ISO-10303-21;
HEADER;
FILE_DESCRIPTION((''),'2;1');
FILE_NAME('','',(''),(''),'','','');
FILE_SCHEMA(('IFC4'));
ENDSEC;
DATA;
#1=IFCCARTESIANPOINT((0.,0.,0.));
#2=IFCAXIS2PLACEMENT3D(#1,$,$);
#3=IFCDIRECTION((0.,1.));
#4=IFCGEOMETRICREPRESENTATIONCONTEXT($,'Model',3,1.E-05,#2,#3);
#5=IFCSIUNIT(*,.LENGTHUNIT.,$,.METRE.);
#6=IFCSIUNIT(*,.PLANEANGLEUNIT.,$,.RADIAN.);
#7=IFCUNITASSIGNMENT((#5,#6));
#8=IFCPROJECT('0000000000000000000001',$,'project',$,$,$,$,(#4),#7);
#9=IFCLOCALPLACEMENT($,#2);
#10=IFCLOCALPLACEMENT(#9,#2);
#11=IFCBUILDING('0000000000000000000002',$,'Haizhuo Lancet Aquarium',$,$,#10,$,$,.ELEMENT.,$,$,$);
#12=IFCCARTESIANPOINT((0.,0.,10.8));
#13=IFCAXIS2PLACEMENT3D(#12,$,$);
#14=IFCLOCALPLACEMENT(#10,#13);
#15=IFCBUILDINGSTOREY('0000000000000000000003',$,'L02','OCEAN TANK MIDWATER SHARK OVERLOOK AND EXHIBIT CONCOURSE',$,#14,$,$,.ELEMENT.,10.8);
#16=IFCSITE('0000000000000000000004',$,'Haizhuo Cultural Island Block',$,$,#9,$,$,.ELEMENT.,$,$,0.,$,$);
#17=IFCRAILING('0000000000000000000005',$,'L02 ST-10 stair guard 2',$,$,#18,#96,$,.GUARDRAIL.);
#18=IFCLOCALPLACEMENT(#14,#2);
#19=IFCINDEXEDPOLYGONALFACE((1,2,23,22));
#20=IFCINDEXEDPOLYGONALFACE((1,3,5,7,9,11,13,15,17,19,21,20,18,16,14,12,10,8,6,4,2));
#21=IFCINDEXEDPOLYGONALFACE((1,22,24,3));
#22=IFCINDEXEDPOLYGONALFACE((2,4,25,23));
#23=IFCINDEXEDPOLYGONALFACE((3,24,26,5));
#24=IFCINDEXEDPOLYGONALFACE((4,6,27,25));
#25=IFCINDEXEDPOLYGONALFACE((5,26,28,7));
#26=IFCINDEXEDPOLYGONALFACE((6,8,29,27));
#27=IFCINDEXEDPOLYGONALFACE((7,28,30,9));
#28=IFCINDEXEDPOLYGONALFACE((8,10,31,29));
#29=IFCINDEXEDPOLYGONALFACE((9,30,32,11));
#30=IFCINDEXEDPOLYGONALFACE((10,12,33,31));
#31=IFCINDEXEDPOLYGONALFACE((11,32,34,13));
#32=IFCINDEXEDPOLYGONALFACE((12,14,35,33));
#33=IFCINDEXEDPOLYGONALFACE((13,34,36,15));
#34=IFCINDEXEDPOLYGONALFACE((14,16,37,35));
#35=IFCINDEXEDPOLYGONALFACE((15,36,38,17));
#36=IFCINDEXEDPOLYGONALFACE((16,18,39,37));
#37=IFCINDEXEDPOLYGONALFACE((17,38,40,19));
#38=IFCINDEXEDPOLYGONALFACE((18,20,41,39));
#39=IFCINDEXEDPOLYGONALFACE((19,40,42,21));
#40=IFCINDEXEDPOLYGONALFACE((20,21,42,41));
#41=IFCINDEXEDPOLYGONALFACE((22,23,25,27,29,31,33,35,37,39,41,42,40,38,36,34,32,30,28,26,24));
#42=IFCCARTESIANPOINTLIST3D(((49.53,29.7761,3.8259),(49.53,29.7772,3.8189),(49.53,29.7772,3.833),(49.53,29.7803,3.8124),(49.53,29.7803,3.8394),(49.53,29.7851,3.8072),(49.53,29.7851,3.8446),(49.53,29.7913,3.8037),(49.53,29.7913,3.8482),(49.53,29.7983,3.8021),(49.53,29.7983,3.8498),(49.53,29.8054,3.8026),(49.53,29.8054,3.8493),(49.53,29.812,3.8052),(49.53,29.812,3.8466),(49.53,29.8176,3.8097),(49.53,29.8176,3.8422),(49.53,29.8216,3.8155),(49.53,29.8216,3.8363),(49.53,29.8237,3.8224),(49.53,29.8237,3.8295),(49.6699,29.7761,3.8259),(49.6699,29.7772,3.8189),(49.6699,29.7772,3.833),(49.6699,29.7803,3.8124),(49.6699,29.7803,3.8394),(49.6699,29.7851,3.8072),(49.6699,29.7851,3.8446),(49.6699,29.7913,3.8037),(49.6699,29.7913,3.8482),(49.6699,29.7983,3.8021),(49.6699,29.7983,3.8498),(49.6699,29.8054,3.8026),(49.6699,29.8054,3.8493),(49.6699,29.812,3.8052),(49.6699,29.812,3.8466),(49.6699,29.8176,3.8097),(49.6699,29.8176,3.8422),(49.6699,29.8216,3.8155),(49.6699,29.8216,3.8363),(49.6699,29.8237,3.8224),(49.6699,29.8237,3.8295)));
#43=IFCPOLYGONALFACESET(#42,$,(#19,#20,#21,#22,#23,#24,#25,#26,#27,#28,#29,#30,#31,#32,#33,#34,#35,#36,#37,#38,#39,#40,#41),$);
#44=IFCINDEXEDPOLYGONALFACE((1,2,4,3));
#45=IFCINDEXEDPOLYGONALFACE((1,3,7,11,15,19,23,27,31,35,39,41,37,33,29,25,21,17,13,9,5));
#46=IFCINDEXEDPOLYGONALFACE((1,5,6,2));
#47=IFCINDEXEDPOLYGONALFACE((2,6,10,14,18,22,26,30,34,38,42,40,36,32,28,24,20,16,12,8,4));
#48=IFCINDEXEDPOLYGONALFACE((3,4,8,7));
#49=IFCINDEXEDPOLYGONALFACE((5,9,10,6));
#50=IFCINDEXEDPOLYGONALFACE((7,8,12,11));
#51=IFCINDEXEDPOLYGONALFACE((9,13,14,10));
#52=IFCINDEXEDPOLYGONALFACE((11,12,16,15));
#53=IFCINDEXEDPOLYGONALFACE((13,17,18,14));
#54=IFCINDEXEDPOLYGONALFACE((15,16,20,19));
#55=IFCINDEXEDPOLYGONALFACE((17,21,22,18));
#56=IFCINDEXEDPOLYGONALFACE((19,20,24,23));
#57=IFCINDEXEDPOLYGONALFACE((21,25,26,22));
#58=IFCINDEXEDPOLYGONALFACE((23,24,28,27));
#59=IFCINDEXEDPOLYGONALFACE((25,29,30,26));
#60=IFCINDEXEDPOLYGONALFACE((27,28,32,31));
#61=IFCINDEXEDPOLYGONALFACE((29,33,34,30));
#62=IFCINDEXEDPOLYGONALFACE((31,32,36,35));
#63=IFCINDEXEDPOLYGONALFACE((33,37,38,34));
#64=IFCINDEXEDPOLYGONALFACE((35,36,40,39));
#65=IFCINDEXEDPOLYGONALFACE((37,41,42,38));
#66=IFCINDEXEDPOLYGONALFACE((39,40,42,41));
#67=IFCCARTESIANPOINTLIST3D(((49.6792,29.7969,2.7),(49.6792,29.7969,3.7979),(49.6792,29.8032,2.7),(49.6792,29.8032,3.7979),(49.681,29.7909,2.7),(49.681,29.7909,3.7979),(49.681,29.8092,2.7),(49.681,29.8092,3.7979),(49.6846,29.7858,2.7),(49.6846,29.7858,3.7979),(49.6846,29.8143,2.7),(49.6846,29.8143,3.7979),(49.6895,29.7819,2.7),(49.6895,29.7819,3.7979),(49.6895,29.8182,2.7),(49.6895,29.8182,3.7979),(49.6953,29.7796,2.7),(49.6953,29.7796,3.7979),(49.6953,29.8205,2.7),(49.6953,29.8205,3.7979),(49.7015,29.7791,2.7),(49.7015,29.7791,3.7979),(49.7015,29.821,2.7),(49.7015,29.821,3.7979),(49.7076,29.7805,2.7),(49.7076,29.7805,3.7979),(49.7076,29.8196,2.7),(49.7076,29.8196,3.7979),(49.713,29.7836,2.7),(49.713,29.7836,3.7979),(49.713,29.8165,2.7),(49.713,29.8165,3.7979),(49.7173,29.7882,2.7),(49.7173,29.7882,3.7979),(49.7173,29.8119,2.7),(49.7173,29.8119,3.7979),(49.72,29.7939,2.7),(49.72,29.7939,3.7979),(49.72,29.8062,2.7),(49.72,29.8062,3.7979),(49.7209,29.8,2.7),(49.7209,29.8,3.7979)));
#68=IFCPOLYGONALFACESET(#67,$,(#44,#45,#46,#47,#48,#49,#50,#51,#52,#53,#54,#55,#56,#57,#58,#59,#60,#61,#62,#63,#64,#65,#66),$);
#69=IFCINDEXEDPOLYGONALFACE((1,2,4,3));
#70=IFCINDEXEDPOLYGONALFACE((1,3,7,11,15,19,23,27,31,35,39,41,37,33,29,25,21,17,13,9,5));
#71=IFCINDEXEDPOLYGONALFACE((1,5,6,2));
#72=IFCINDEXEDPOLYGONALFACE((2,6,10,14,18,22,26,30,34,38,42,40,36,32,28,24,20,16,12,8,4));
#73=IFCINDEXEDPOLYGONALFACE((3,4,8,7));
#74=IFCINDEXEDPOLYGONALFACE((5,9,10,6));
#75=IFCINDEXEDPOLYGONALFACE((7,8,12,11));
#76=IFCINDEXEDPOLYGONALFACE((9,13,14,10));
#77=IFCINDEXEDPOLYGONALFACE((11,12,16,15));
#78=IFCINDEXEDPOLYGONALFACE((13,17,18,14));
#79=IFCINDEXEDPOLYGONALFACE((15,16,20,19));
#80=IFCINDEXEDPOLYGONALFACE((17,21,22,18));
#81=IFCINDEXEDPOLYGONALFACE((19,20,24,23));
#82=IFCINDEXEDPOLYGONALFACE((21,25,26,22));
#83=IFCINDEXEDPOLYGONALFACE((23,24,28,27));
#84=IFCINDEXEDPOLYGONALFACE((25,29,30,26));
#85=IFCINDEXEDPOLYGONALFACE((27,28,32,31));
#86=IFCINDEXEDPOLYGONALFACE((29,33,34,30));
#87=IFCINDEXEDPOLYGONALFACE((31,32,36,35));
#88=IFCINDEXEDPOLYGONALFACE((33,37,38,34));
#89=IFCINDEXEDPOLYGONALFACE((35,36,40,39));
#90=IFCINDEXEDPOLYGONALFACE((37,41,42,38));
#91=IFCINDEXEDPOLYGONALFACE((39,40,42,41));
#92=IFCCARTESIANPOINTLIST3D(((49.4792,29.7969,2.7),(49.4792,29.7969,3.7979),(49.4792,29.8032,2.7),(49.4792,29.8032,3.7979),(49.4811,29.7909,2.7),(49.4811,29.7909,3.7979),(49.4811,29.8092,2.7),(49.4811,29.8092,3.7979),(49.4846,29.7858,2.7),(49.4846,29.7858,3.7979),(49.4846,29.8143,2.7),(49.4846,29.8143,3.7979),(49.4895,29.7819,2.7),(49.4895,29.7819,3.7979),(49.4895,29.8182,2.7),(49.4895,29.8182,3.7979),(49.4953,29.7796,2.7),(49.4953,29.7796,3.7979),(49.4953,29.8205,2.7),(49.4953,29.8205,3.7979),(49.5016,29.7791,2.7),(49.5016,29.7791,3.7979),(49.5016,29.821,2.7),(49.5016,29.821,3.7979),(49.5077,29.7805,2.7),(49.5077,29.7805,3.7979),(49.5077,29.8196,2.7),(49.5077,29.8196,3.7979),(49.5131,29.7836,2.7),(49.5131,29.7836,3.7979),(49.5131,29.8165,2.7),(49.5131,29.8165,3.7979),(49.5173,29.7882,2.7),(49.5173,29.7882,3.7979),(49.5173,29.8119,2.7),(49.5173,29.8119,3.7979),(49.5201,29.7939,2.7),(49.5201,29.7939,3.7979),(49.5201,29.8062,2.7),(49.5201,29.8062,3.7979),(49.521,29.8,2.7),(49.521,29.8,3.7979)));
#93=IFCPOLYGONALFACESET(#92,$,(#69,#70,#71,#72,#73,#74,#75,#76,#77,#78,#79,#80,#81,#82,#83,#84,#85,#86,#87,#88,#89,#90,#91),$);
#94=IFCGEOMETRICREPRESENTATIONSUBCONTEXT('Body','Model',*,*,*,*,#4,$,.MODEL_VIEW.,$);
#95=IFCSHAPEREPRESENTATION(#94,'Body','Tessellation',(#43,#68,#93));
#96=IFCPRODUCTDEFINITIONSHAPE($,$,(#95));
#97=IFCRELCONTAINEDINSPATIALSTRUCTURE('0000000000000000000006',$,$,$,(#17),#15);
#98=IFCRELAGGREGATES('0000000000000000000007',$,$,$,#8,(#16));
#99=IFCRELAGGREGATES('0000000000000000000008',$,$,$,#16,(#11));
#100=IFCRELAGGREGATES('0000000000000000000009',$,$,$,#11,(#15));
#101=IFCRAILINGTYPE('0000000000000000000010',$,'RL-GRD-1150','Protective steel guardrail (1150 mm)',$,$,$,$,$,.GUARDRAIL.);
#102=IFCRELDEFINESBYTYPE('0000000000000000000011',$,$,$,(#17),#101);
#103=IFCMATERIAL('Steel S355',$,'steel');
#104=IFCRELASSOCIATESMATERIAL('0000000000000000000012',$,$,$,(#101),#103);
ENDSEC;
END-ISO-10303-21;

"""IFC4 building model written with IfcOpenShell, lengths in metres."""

from ifc_helpers import new_model, si_unit, direction, frame, origin, origin_2d, place, context, subcontext, project, spatial, circle, extrude, material, type_object, element, save


model = new_model("IFC4")

# Units and contexts
model_context = context("Model", 3, precision=1e-05, world=origin(), true_north=direction((0.0, 1.0)))
body_context = subcontext(model_context, "Body", "Model", "MODEL_VIEW")
ifc_project = project(units=[si_unit("LENGTHUNIT", "METRE"), si_unit("PLANEANGLEUNIT", "RADIAN")], contexts=[model_context])

# Site, building, storey
site_placement = place(None, origin())
site = spatial("IfcSite", under=ifc_project, at=site_placement, Name="Haizhuo Cultural Island Block", CompositionType="ELEMENT", RefElevation=0.0)
building_placement = place(site_placement, origin())
building = spatial("IfcBuilding", under=site, at=building_placement, Name="Haizhuo Lancet Aquarium", CompositionType="ELEMENT")
storey_placement = place(building_placement, frame((0.0, 0.0, 10.8)))
storey = spatial("IfcBuildingStorey", under=building, at=storey_placement, Name="L02", Description="OCEAN TANK MIDWATER SHARK OVERLOOK AND EXHIBIT CONCOURSE", CompositionType="ELEMENT", Elevation=10.8)

# Shared definitions
ifc_material_1 = material(Name="Steel S355", Category="steel")

# Railing
railing_type_1 = type_object("IfcRailingType", Name="RL-GRD-1150", Description="Protective steel guardrail (1150 mm)", PredefinedType="GUARDRAIL", material=ifc_material_1)
railing_1_placement = place(storey_placement, frame((49.7, 29.8, 2.7)))
element("IfcRailing", 1, at=railing_1_placement, inside=storey, type_object=railing_type_1, Name="L02 ST-10 stair guard 2", PredefinedType="GUARDRAIL", context=body_context, shape_type="SweptSolid", body=[
    extrude(circle(Radius=0.0239, at=origin_2d()), frame((-0.03, 0.0, 1.126), z_axis=(-1.0, 0.0, 0.0), x_axis=(0.0, -1.0, 0.0)), (0.0, 0.0, 1.0), 0.1399),
    extrude(circle(Radius=0.021, at=origin_2d()), origin(), (0.0, 0.0, 1.0), 1.0979),
    extrude(circle(Radius=0.021, at=origin_2d()), frame((-0.2, 0.0, 0.0)), (0.0, 0.0, 1.0), 1.0979),
])

save(model, "model.ifc")
